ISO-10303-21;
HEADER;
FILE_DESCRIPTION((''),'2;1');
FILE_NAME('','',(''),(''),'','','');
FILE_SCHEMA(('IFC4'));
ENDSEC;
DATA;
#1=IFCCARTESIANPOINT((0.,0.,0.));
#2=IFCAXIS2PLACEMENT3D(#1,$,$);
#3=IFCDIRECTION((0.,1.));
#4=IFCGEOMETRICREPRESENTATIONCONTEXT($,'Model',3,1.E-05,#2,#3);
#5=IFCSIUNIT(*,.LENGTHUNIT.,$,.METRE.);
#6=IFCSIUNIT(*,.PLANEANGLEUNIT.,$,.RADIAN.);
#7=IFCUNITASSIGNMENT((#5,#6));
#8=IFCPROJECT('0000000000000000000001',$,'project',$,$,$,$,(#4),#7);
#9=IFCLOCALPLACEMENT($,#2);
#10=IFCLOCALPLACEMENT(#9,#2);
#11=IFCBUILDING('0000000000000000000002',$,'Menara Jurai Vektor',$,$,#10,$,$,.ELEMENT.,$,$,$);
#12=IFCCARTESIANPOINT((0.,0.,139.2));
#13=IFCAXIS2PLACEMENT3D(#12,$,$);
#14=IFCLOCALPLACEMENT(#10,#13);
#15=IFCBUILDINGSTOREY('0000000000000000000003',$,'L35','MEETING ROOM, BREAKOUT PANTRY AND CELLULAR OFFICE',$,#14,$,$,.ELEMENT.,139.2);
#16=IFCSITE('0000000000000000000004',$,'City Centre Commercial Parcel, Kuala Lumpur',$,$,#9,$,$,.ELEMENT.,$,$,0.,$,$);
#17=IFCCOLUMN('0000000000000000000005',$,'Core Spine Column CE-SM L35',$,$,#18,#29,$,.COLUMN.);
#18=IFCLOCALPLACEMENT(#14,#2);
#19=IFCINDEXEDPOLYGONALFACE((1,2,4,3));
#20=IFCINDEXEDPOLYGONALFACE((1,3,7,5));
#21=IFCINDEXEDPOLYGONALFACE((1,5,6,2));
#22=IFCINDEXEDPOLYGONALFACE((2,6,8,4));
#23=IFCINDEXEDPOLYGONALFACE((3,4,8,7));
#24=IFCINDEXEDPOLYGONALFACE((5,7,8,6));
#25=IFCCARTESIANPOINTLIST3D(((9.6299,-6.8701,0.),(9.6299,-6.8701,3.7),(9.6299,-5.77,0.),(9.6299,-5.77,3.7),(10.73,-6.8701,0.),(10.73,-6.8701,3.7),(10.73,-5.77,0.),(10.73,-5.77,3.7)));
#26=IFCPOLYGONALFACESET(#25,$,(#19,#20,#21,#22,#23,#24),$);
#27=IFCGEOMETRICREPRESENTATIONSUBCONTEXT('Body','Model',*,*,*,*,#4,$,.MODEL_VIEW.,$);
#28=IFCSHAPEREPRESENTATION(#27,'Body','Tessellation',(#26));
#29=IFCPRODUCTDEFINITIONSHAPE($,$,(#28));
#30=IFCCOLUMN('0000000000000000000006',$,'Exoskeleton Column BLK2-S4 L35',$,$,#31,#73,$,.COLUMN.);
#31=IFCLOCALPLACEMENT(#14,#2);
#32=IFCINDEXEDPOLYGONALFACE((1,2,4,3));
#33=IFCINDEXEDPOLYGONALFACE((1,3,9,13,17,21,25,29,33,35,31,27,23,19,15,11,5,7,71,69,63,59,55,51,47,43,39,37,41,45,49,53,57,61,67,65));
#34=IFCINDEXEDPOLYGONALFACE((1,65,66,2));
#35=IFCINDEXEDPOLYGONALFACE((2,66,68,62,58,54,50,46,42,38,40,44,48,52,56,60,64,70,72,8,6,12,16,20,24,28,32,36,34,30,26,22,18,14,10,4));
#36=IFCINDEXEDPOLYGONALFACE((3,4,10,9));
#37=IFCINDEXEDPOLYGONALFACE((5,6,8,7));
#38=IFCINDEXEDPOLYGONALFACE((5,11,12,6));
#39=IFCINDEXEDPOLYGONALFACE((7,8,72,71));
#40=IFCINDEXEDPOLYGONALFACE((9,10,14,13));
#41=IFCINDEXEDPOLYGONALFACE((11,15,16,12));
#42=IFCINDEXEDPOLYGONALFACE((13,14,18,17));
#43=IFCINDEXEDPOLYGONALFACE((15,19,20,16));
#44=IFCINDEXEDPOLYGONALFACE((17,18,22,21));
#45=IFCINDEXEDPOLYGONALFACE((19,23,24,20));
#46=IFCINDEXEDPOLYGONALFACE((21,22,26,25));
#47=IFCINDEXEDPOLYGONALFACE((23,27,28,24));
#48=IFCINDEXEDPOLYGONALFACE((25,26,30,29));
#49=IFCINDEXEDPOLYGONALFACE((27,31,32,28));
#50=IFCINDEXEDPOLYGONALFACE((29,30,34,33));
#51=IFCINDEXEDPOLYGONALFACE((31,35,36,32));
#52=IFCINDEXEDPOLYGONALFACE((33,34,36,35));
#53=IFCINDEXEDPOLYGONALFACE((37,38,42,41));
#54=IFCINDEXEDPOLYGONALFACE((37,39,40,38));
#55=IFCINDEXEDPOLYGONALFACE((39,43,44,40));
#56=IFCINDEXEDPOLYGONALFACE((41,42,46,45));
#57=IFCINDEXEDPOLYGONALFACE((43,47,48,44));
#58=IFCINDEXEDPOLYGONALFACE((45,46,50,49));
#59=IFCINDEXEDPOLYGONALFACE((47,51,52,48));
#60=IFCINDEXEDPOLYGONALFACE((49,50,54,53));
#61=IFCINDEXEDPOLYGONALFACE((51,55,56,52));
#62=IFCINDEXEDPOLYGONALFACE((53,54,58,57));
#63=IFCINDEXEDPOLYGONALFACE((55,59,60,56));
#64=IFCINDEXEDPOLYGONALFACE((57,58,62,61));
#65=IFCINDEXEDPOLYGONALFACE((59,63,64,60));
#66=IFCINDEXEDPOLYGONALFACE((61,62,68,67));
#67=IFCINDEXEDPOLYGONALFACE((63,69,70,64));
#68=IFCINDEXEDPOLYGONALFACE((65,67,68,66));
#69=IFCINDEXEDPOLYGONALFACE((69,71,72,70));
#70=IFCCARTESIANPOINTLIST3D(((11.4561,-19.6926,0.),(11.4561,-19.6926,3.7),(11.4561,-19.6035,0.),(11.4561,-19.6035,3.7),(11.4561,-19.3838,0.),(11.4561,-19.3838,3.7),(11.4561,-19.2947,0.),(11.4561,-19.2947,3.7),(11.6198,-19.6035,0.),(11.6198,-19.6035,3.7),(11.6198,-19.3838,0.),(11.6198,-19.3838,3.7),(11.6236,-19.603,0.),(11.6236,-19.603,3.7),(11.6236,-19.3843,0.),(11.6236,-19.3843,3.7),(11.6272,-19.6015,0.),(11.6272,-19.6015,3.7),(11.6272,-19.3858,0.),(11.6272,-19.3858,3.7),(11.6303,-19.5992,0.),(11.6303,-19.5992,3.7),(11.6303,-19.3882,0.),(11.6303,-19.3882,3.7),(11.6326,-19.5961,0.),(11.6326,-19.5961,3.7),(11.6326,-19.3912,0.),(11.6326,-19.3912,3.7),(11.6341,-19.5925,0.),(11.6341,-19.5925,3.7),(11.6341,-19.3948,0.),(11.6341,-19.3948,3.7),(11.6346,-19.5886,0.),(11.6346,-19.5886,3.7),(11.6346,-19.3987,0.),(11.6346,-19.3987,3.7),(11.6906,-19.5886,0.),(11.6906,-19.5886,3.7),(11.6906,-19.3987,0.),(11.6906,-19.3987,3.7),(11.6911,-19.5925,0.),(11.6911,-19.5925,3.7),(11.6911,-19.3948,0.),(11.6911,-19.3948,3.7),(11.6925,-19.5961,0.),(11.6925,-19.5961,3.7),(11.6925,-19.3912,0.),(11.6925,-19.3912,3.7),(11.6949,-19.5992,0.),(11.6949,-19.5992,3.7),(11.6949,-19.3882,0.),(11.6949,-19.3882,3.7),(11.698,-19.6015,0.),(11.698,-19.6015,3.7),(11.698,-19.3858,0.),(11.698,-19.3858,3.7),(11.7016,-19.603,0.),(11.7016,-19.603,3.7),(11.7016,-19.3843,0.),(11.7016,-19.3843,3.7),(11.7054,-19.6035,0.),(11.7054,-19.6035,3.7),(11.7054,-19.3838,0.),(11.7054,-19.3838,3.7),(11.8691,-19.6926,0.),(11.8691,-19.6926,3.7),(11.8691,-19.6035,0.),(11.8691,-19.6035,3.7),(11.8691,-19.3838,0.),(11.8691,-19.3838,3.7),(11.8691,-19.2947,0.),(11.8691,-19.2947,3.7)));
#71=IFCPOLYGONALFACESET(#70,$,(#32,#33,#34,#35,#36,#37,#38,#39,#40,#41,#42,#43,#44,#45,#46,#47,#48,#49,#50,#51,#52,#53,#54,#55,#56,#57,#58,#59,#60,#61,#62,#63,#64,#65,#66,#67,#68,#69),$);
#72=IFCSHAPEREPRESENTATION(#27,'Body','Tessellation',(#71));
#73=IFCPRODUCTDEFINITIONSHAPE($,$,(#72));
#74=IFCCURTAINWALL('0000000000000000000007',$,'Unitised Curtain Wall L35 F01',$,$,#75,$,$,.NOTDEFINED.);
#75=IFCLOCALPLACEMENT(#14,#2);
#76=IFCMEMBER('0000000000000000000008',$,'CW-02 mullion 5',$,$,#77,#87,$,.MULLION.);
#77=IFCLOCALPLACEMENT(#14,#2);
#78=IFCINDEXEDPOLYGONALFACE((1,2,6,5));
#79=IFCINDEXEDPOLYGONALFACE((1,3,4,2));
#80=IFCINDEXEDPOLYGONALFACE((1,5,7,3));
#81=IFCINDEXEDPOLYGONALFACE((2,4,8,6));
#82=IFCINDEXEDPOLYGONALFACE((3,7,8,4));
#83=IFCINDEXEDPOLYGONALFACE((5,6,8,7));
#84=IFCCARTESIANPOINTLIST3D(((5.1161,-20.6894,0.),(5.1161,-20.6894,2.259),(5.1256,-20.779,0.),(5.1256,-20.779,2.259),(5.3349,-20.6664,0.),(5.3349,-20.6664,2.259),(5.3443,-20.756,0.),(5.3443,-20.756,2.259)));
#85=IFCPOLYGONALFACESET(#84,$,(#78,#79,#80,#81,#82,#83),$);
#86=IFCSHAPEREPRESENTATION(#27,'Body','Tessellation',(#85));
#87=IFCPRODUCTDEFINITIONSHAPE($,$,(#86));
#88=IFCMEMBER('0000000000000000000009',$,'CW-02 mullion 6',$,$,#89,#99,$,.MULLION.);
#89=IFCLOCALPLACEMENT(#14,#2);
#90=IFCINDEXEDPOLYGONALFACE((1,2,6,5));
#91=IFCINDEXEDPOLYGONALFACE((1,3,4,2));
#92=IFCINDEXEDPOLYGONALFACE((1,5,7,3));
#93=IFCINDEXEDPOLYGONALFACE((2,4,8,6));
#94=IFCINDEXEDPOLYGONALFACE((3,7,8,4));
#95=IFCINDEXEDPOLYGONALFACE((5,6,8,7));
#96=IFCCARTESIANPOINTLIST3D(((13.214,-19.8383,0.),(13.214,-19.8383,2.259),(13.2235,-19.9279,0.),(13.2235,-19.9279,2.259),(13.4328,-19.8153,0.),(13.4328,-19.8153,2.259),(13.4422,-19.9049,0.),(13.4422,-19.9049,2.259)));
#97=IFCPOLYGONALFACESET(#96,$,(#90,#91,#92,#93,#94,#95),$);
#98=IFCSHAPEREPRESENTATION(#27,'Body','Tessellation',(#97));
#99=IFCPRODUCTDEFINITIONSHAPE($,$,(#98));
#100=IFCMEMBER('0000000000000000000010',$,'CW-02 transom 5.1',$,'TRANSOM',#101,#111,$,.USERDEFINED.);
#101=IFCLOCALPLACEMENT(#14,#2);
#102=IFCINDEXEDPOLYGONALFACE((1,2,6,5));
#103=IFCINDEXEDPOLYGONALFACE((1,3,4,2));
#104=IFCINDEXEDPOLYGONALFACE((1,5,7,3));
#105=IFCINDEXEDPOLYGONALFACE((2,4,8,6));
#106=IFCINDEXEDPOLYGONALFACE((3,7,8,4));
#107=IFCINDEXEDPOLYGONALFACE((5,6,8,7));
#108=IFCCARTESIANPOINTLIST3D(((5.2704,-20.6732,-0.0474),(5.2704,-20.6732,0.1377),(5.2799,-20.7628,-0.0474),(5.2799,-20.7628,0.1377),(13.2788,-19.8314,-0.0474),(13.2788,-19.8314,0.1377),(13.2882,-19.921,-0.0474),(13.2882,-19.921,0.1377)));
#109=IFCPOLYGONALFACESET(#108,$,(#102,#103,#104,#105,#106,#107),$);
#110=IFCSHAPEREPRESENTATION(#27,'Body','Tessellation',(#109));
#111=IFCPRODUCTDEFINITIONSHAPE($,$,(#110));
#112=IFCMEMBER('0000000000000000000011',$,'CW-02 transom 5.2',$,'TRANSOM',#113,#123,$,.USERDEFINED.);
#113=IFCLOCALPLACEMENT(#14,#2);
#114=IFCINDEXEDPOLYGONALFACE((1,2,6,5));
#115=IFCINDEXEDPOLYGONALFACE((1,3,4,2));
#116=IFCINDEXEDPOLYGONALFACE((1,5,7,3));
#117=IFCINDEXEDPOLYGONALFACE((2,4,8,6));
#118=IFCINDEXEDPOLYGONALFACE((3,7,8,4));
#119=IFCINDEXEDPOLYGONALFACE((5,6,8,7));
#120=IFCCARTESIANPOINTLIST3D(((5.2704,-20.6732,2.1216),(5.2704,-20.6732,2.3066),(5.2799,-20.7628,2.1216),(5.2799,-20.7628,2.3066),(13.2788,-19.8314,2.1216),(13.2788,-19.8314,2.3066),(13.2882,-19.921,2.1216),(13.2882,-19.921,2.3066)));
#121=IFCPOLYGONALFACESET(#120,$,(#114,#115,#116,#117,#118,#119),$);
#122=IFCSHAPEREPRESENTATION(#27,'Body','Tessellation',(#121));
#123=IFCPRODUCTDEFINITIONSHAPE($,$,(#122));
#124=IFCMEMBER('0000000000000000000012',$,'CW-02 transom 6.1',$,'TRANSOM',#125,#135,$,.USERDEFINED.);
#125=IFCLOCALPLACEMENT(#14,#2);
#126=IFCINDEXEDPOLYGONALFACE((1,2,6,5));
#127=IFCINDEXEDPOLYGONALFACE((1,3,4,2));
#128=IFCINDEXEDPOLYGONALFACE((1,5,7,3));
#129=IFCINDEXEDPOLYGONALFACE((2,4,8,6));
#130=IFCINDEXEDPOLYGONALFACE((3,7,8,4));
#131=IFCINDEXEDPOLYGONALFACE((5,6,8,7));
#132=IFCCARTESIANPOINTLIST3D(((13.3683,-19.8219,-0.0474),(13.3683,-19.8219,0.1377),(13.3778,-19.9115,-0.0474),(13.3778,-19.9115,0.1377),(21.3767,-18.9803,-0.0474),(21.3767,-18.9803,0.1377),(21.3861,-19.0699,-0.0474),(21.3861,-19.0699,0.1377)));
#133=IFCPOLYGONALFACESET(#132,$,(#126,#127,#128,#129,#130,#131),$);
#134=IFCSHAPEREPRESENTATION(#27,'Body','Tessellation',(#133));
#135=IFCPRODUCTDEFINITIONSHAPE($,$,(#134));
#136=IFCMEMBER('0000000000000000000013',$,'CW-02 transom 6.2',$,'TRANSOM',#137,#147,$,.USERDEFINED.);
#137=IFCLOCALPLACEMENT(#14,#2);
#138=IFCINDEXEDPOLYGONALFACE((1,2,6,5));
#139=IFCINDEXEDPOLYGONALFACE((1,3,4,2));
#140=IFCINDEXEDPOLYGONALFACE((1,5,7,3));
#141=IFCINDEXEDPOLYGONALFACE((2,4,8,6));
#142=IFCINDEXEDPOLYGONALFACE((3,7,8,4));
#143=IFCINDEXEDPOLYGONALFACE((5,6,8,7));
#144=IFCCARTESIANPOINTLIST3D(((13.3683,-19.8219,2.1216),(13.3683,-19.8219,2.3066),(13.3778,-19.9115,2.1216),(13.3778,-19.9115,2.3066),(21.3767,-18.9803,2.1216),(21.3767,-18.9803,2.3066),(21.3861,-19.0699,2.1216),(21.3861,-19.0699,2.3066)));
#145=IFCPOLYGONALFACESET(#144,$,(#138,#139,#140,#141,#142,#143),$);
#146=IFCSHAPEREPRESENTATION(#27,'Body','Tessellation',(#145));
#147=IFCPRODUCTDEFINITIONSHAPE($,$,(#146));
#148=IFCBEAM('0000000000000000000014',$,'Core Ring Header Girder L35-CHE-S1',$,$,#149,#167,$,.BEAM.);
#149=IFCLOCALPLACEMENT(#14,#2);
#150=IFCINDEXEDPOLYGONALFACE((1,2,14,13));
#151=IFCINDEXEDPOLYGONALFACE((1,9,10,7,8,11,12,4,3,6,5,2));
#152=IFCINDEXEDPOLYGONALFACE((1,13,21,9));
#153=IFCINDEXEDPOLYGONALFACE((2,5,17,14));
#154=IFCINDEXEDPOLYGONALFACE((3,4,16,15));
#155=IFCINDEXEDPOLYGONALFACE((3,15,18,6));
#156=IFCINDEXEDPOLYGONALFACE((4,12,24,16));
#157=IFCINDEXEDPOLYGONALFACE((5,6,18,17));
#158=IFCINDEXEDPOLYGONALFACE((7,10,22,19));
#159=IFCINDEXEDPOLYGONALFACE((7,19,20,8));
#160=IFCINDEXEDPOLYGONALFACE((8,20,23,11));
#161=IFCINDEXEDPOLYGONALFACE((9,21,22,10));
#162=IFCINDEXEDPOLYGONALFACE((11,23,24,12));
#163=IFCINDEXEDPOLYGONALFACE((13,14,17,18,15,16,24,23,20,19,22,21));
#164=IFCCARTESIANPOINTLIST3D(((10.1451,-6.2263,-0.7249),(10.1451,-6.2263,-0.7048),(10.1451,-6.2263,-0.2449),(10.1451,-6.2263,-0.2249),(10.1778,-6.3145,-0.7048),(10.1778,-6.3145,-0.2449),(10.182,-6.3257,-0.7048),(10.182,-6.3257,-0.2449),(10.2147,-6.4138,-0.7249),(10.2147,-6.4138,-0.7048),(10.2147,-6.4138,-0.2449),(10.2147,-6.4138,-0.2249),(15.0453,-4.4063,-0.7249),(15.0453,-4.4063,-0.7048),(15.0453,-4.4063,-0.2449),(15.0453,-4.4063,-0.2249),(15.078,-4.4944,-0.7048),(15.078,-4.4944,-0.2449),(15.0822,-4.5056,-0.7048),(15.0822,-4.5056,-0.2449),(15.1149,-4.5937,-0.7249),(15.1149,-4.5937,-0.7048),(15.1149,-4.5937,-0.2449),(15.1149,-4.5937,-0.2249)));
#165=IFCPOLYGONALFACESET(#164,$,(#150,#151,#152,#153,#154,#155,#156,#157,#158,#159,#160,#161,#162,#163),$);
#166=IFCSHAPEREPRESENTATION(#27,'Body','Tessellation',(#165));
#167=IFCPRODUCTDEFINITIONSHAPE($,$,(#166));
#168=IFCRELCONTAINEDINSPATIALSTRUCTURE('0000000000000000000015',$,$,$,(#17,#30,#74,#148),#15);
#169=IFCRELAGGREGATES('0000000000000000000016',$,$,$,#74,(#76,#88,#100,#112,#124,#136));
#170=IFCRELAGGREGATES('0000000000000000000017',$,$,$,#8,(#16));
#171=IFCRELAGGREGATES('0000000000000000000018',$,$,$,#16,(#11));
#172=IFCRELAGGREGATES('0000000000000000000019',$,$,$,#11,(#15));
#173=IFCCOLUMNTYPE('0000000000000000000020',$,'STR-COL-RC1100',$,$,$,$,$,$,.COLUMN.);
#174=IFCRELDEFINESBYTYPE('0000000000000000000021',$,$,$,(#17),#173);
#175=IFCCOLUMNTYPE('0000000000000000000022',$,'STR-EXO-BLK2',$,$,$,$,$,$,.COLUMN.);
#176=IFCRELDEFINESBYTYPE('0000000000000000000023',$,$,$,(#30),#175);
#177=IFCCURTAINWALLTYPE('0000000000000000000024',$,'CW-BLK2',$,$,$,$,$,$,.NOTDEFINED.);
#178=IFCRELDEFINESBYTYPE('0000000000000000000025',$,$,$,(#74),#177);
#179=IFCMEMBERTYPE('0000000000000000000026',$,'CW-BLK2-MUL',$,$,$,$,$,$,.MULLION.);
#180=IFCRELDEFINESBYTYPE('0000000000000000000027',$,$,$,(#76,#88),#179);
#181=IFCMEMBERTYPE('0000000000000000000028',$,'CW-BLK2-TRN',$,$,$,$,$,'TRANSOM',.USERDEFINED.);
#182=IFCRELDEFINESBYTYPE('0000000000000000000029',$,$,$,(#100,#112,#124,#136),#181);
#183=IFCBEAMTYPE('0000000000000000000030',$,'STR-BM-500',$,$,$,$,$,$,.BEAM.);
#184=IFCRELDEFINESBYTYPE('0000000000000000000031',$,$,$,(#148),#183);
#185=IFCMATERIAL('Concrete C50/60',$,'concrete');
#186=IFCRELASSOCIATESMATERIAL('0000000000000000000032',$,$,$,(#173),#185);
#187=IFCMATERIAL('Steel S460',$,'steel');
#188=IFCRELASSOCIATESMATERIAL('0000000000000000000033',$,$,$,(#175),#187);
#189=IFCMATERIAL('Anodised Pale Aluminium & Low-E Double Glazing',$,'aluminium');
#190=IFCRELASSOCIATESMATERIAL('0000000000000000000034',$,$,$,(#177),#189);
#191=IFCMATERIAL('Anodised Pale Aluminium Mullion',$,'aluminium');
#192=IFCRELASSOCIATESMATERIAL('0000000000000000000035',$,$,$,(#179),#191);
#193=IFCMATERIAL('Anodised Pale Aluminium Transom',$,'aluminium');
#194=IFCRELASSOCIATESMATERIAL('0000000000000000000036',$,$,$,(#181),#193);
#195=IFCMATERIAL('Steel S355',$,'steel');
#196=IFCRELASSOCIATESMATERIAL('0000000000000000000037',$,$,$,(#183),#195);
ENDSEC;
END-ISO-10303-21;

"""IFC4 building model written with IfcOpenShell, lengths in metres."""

from ifc_helpers import new_model, si_unit, direction, frame, origin, origin_2d, place, context, subcontext, project, spatial, rectangle, i_section, extrude, material, material_profile, profile_set, type_object, element, aggregate, save


model = new_model("IFC4")

# Units and contexts
model_context = context("Model", 3, precision=1e-05, world=origin(), true_north=direction((0.0, 1.0)))
body_context = subcontext(model_context, "Body", "Model", "MODEL_VIEW")
ifc_project = project(units=[si_unit("LENGTHUNIT", "METRE"), si_unit("PLANEANGLEUNIT", "RADIAN")], contexts=[model_context])

# Site, building, storey
site_placement = place(None, origin())
site = spatial("IfcSite", under=ifc_project, at=site_placement, Name="City Centre Commercial Parcel, Kuala Lumpur", CompositionType="ELEMENT", RefElevation=0.0)
building_placement = place(site_placement, origin())
building = spatial("IfcBuilding", under=site, at=building_placement, Name="Menara Jurai Vektor", CompositionType="ELEMENT")
storey_placement = place(building_placement, frame((0.0, 0.0, 139.2)))
storey = spatial("IfcBuildingStorey", under=building, at=storey_placement, Name="L35", Description="MEETING ROOM, BREAKOUT PANTRY AND CELLULAR OFFICE", CompositionType="ELEMENT", Elevation=139.2)

# Columns
ifc_material_1 = material(Name="Concrete C50/60", Category="concrete")
ifc_material_profile_1 = material_profile(ifc_material_1, rectangle(XDim=1.1001, YDim=1.1001, at=origin_2d()), Name="RC 1100x1100")
ifc_profile_set_1 = profile_set([ifc_material_profile_1], Name="Concrete C50/60")
column_type_1 = type_object("IfcColumnType", Name="STR-COL-RC1100", PredefinedType="COLUMN", material=ifc_profile_set_1)
column_1_placement = place(storey_placement, frame((10.1799, -6.3201, 0.0), z_axis=(0.0, 0.0, 1.0), x_axis=(1.0, 0.0, 0.0)))
element("IfcColumn", 1, at=column_1_placement, inside=storey, type_object=column_type_1, Name="Core Spine Column CE-SM L35", PredefinedType="COLUMN", context=body_context, shape_type="SweptSolid", body=[
    extrude(rectangle(XDim=1.1001, YDim=1.1001, at=origin_2d()), origin(), (0.0, 0.0, 1.0), 3.7),
])
ifc_material_2 = material(Name="Steel S460", Category="steel")
ifc_material_profile_2 = material_profile(ifc_material_2, i_section(OverallWidth=0.4131, OverallDepth=0.3979, WebThickness=0.0559, FlangeThickness=0.0891, FilletRadius=0.0149, at=origin_2d()), Name="HD 400x744")
ifc_profile_set_2 = profile_set([ifc_material_profile_2], Name="Steel S460")
column_type_2 = type_object("IfcColumnType", Name="STR-EXO-BLK2", PredefinedType="COLUMN", material=ifc_profile_set_2)
column_2_placement = place(storey_placement, frame((11.6626, -19.4937, 0.0), z_axis=(0.0, 0.0, 1.0), x_axis=(1.0, 0.0, 0.0)))
element("IfcColumn", 2, at=column_2_placement, inside=storey, type_object=column_type_2, Name="Exoskeleton Column BLK2-S4 L35", PredefinedType="COLUMN", context=body_context, shape_type="SweptSolid", body=[
    extrude(i_section(OverallWidth=0.4131, OverallDepth=0.3979, WebThickness=0.0559, FlangeThickness=0.0891, FilletRadius=0.0149, at=origin_2d()), origin(), (0.0, 0.0, 1.0), 3.7),
])

# Curtain wall, members
ifc_material_3 = material(Name="Anodised Pale Aluminium & Low-E Double Glazing", Category="aluminium")
curtain_wall_type = type_object("IfcCurtainWallType", Name="CW-BLK2", PredefinedType="NOTDEFINED", material=ifc_material_3)
curtain_wall_placement = place(storey_placement, origin())
curtain_wall = element("IfcCurtainWall", 3, at=curtain_wall_placement, inside=storey, type_object=curtain_wall_type, Name="Unitised Curtain Wall L35 F01", PredefinedType="NOTDEFINED")
ifc_material_4 = material(Name="Anodised Pale Aluminium Mullion", Category="aluminium")
ifc_material_profile_3 = material_profile(ifc_material_4, rectangle(XDim=0.0901, YDim=0.22, at=origin_2d()), Name="ALU MUL 90x220")
ifc_profile_set_3 = profile_set([ifc_material_profile_3], Name="Anodised Pale Aluminium Mullion")
member_type_1 = type_object("IfcMemberType", Name="CW-BLK2-MUL", PredefinedType="MULLION", material=ifc_profile_set_3)
member_1_placement = place(storey_placement, frame((5.2302, -20.7227, 0.0), z_axis=(0.0, 0.0, 1.0), x_axis=(-0.104529, 0.994522, 0.0)))
member_1 = element("IfcMember", 4, at=member_1_placement, type_object=member_type_1, Name="CW-02 mullion 5", PredefinedType="MULLION", context=body_context, shape_type="SweptSolid", body=[
    extrude(rectangle(XDim=0.0901, YDim=0.22, at=origin_2d()), origin(), (0.0, 0.0, 1.0), 2.259),
])
member_2_placement = place(storey_placement, frame((13.3281, -19.8716, 0.0), z_axis=(0.0, 0.0, 1.0), x_axis=(-0.104529, 0.994522, 0.0)))
member_2 = element("IfcMember", 5, at=member_2_placement, type_object=member_type_1, Name="CW-02 mullion 6", PredefinedType="MULLION", context=body_context, shape_type="SweptSolid", body=[
    extrude(rectangle(XDim=0.0901, YDim=0.22, at=origin_2d()), origin(), (0.0, 0.0, 1.0), 2.259),
])
ifc_material_5 = material(Name="Anodised Pale Aluminium Transom", Category="aluminium")
ifc_material_profile_4 = material_profile(ifc_material_5, rectangle(XDim=0.0901, YDim=0.1851, at=origin_2d()), Name="ALU TRN 90x185")
ifc_profile_set_4 = profile_set([ifc_material_profile_4], Name="Anodised Pale Aluminium Transom")
member_type_2 = type_object("IfcMemberType", Name="CW-BLK2-TRN", ElementType="TRANSOM", PredefinedType="USERDEFINED", material=ifc_profile_set_4)
member_3_placement = place(storey_placement, frame((5.2751, -20.718, 0.0452), z_axis=(0.994521, 0.10454, 0.0), x_axis=(-0.10454, 0.994521, 0.0)))
member_3 = element("IfcMember", 6, at=member_3_placement, type_object=member_type_2, Name="CW-02 transom 5.1", ObjectType="TRANSOM", PredefinedType="USERDEFINED", context=body_context, shape_type="SweptSolid", body=[
    extrude(rectangle(XDim=0.0901, YDim=0.1851, at=origin_2d()), origin(), (0.0, 0.0, 1.0), 8.0525),
])
member_4_placement = place(storey_placement, frame((5.2751, -20.718, 2.2141), z_axis=(0.994521, 0.10454, 0.0), x_axis=(-0.10454, 0.994521, 0.0)))
member_4 = element("IfcMember", 7, at=member_4_placement, type_object=member_type_2, Name="CW-02 transom 5.2", ObjectType="TRANSOM", PredefinedType="USERDEFINED", context=body_context, shape_type="SweptSolid", body=[
    extrude(rectangle(XDim=0.0901, YDim=0.1851, at=origin_2d()), origin(), (0.0, 0.0, 1.0), 8.0525),
])
member_5_placement = place(storey_placement, frame((13.373, -19.8667, 0.0452), z_axis=(0.994524, 0.10451, 0.0), x_axis=(-0.10451, 0.994524, 0.0)))
member_5 = element("IfcMember", 8, at=member_5_placement, type_object=member_type_2, Name="CW-02 transom 6.1", ObjectType="TRANSOM", PredefinedType="USERDEFINED", context=body_context, shape_type="SweptSolid", body=[
    extrude(rectangle(XDim=0.0901, YDim=0.1851, at=origin_2d()), origin(), (0.0, 0.0, 1.0), 8.0525),
])
member_6_placement = place(storey_placement, frame((13.373, -19.8667, 2.2141), z_axis=(0.994524, 0.10451, 0.0), x_axis=(-0.10451, 0.994524, 0.0)))
member_6 = element("IfcMember", 9, at=member_6_placement, type_object=member_type_2, Name="CW-02 transom 6.2", ObjectType="TRANSOM", PredefinedType="USERDEFINED", context=body_context, shape_type="SweptSolid", body=[
    extrude(rectangle(XDim=0.0901, YDim=0.1851, at=origin_2d()), origin(), (0.0, 0.0, 1.0), 8.0525),
])

# Beam
ifc_material_6 = material(Name="Steel S355", Category="steel")
ifc_material_profile_5 = material_profile(ifc_material_6, i_section(OverallWidth=0.2, OverallDepth=0.5, WebThickness=0.012, FlangeThickness=0.02, at=origin_2d()), Name="PG 500x200x96")
ifc_profile_set_5 = profile_set([ifc_material_profile_5], Name="Steel S355")
beam_type_1 = type_object("IfcBeamType", Name="STR-BM-500", PredefinedType="BEAM", material=ifc_profile_set_5)
beam_1_placement = place(storey_placement, frame((10.1799, -6.3201, -0.4749), z_axis=(0.937424, 0.348189, 0.0), x_axis=(-0.348189, 0.937424, 0.0)))
element("IfcBeam", 10, at=beam_1_placement, inside=storey, type_object=beam_type_1, Name="Core Ring Header Girder L35-CHE-S1", PredefinedType="BEAM", context=body_context, shape_type="SweptSolid", body=[
    extrude(i_section(OverallWidth=0.2, OverallDepth=0.5, WebThickness=0.012, FlangeThickness=0.02, at=origin_2d()), origin(), (0.0, 0.0, 1.0), 5.2273),
])

aggregate(curtain_wall, [member_1, member_2, member_3, member_4, member_5, member_6])

save(model, "model.ifc")
